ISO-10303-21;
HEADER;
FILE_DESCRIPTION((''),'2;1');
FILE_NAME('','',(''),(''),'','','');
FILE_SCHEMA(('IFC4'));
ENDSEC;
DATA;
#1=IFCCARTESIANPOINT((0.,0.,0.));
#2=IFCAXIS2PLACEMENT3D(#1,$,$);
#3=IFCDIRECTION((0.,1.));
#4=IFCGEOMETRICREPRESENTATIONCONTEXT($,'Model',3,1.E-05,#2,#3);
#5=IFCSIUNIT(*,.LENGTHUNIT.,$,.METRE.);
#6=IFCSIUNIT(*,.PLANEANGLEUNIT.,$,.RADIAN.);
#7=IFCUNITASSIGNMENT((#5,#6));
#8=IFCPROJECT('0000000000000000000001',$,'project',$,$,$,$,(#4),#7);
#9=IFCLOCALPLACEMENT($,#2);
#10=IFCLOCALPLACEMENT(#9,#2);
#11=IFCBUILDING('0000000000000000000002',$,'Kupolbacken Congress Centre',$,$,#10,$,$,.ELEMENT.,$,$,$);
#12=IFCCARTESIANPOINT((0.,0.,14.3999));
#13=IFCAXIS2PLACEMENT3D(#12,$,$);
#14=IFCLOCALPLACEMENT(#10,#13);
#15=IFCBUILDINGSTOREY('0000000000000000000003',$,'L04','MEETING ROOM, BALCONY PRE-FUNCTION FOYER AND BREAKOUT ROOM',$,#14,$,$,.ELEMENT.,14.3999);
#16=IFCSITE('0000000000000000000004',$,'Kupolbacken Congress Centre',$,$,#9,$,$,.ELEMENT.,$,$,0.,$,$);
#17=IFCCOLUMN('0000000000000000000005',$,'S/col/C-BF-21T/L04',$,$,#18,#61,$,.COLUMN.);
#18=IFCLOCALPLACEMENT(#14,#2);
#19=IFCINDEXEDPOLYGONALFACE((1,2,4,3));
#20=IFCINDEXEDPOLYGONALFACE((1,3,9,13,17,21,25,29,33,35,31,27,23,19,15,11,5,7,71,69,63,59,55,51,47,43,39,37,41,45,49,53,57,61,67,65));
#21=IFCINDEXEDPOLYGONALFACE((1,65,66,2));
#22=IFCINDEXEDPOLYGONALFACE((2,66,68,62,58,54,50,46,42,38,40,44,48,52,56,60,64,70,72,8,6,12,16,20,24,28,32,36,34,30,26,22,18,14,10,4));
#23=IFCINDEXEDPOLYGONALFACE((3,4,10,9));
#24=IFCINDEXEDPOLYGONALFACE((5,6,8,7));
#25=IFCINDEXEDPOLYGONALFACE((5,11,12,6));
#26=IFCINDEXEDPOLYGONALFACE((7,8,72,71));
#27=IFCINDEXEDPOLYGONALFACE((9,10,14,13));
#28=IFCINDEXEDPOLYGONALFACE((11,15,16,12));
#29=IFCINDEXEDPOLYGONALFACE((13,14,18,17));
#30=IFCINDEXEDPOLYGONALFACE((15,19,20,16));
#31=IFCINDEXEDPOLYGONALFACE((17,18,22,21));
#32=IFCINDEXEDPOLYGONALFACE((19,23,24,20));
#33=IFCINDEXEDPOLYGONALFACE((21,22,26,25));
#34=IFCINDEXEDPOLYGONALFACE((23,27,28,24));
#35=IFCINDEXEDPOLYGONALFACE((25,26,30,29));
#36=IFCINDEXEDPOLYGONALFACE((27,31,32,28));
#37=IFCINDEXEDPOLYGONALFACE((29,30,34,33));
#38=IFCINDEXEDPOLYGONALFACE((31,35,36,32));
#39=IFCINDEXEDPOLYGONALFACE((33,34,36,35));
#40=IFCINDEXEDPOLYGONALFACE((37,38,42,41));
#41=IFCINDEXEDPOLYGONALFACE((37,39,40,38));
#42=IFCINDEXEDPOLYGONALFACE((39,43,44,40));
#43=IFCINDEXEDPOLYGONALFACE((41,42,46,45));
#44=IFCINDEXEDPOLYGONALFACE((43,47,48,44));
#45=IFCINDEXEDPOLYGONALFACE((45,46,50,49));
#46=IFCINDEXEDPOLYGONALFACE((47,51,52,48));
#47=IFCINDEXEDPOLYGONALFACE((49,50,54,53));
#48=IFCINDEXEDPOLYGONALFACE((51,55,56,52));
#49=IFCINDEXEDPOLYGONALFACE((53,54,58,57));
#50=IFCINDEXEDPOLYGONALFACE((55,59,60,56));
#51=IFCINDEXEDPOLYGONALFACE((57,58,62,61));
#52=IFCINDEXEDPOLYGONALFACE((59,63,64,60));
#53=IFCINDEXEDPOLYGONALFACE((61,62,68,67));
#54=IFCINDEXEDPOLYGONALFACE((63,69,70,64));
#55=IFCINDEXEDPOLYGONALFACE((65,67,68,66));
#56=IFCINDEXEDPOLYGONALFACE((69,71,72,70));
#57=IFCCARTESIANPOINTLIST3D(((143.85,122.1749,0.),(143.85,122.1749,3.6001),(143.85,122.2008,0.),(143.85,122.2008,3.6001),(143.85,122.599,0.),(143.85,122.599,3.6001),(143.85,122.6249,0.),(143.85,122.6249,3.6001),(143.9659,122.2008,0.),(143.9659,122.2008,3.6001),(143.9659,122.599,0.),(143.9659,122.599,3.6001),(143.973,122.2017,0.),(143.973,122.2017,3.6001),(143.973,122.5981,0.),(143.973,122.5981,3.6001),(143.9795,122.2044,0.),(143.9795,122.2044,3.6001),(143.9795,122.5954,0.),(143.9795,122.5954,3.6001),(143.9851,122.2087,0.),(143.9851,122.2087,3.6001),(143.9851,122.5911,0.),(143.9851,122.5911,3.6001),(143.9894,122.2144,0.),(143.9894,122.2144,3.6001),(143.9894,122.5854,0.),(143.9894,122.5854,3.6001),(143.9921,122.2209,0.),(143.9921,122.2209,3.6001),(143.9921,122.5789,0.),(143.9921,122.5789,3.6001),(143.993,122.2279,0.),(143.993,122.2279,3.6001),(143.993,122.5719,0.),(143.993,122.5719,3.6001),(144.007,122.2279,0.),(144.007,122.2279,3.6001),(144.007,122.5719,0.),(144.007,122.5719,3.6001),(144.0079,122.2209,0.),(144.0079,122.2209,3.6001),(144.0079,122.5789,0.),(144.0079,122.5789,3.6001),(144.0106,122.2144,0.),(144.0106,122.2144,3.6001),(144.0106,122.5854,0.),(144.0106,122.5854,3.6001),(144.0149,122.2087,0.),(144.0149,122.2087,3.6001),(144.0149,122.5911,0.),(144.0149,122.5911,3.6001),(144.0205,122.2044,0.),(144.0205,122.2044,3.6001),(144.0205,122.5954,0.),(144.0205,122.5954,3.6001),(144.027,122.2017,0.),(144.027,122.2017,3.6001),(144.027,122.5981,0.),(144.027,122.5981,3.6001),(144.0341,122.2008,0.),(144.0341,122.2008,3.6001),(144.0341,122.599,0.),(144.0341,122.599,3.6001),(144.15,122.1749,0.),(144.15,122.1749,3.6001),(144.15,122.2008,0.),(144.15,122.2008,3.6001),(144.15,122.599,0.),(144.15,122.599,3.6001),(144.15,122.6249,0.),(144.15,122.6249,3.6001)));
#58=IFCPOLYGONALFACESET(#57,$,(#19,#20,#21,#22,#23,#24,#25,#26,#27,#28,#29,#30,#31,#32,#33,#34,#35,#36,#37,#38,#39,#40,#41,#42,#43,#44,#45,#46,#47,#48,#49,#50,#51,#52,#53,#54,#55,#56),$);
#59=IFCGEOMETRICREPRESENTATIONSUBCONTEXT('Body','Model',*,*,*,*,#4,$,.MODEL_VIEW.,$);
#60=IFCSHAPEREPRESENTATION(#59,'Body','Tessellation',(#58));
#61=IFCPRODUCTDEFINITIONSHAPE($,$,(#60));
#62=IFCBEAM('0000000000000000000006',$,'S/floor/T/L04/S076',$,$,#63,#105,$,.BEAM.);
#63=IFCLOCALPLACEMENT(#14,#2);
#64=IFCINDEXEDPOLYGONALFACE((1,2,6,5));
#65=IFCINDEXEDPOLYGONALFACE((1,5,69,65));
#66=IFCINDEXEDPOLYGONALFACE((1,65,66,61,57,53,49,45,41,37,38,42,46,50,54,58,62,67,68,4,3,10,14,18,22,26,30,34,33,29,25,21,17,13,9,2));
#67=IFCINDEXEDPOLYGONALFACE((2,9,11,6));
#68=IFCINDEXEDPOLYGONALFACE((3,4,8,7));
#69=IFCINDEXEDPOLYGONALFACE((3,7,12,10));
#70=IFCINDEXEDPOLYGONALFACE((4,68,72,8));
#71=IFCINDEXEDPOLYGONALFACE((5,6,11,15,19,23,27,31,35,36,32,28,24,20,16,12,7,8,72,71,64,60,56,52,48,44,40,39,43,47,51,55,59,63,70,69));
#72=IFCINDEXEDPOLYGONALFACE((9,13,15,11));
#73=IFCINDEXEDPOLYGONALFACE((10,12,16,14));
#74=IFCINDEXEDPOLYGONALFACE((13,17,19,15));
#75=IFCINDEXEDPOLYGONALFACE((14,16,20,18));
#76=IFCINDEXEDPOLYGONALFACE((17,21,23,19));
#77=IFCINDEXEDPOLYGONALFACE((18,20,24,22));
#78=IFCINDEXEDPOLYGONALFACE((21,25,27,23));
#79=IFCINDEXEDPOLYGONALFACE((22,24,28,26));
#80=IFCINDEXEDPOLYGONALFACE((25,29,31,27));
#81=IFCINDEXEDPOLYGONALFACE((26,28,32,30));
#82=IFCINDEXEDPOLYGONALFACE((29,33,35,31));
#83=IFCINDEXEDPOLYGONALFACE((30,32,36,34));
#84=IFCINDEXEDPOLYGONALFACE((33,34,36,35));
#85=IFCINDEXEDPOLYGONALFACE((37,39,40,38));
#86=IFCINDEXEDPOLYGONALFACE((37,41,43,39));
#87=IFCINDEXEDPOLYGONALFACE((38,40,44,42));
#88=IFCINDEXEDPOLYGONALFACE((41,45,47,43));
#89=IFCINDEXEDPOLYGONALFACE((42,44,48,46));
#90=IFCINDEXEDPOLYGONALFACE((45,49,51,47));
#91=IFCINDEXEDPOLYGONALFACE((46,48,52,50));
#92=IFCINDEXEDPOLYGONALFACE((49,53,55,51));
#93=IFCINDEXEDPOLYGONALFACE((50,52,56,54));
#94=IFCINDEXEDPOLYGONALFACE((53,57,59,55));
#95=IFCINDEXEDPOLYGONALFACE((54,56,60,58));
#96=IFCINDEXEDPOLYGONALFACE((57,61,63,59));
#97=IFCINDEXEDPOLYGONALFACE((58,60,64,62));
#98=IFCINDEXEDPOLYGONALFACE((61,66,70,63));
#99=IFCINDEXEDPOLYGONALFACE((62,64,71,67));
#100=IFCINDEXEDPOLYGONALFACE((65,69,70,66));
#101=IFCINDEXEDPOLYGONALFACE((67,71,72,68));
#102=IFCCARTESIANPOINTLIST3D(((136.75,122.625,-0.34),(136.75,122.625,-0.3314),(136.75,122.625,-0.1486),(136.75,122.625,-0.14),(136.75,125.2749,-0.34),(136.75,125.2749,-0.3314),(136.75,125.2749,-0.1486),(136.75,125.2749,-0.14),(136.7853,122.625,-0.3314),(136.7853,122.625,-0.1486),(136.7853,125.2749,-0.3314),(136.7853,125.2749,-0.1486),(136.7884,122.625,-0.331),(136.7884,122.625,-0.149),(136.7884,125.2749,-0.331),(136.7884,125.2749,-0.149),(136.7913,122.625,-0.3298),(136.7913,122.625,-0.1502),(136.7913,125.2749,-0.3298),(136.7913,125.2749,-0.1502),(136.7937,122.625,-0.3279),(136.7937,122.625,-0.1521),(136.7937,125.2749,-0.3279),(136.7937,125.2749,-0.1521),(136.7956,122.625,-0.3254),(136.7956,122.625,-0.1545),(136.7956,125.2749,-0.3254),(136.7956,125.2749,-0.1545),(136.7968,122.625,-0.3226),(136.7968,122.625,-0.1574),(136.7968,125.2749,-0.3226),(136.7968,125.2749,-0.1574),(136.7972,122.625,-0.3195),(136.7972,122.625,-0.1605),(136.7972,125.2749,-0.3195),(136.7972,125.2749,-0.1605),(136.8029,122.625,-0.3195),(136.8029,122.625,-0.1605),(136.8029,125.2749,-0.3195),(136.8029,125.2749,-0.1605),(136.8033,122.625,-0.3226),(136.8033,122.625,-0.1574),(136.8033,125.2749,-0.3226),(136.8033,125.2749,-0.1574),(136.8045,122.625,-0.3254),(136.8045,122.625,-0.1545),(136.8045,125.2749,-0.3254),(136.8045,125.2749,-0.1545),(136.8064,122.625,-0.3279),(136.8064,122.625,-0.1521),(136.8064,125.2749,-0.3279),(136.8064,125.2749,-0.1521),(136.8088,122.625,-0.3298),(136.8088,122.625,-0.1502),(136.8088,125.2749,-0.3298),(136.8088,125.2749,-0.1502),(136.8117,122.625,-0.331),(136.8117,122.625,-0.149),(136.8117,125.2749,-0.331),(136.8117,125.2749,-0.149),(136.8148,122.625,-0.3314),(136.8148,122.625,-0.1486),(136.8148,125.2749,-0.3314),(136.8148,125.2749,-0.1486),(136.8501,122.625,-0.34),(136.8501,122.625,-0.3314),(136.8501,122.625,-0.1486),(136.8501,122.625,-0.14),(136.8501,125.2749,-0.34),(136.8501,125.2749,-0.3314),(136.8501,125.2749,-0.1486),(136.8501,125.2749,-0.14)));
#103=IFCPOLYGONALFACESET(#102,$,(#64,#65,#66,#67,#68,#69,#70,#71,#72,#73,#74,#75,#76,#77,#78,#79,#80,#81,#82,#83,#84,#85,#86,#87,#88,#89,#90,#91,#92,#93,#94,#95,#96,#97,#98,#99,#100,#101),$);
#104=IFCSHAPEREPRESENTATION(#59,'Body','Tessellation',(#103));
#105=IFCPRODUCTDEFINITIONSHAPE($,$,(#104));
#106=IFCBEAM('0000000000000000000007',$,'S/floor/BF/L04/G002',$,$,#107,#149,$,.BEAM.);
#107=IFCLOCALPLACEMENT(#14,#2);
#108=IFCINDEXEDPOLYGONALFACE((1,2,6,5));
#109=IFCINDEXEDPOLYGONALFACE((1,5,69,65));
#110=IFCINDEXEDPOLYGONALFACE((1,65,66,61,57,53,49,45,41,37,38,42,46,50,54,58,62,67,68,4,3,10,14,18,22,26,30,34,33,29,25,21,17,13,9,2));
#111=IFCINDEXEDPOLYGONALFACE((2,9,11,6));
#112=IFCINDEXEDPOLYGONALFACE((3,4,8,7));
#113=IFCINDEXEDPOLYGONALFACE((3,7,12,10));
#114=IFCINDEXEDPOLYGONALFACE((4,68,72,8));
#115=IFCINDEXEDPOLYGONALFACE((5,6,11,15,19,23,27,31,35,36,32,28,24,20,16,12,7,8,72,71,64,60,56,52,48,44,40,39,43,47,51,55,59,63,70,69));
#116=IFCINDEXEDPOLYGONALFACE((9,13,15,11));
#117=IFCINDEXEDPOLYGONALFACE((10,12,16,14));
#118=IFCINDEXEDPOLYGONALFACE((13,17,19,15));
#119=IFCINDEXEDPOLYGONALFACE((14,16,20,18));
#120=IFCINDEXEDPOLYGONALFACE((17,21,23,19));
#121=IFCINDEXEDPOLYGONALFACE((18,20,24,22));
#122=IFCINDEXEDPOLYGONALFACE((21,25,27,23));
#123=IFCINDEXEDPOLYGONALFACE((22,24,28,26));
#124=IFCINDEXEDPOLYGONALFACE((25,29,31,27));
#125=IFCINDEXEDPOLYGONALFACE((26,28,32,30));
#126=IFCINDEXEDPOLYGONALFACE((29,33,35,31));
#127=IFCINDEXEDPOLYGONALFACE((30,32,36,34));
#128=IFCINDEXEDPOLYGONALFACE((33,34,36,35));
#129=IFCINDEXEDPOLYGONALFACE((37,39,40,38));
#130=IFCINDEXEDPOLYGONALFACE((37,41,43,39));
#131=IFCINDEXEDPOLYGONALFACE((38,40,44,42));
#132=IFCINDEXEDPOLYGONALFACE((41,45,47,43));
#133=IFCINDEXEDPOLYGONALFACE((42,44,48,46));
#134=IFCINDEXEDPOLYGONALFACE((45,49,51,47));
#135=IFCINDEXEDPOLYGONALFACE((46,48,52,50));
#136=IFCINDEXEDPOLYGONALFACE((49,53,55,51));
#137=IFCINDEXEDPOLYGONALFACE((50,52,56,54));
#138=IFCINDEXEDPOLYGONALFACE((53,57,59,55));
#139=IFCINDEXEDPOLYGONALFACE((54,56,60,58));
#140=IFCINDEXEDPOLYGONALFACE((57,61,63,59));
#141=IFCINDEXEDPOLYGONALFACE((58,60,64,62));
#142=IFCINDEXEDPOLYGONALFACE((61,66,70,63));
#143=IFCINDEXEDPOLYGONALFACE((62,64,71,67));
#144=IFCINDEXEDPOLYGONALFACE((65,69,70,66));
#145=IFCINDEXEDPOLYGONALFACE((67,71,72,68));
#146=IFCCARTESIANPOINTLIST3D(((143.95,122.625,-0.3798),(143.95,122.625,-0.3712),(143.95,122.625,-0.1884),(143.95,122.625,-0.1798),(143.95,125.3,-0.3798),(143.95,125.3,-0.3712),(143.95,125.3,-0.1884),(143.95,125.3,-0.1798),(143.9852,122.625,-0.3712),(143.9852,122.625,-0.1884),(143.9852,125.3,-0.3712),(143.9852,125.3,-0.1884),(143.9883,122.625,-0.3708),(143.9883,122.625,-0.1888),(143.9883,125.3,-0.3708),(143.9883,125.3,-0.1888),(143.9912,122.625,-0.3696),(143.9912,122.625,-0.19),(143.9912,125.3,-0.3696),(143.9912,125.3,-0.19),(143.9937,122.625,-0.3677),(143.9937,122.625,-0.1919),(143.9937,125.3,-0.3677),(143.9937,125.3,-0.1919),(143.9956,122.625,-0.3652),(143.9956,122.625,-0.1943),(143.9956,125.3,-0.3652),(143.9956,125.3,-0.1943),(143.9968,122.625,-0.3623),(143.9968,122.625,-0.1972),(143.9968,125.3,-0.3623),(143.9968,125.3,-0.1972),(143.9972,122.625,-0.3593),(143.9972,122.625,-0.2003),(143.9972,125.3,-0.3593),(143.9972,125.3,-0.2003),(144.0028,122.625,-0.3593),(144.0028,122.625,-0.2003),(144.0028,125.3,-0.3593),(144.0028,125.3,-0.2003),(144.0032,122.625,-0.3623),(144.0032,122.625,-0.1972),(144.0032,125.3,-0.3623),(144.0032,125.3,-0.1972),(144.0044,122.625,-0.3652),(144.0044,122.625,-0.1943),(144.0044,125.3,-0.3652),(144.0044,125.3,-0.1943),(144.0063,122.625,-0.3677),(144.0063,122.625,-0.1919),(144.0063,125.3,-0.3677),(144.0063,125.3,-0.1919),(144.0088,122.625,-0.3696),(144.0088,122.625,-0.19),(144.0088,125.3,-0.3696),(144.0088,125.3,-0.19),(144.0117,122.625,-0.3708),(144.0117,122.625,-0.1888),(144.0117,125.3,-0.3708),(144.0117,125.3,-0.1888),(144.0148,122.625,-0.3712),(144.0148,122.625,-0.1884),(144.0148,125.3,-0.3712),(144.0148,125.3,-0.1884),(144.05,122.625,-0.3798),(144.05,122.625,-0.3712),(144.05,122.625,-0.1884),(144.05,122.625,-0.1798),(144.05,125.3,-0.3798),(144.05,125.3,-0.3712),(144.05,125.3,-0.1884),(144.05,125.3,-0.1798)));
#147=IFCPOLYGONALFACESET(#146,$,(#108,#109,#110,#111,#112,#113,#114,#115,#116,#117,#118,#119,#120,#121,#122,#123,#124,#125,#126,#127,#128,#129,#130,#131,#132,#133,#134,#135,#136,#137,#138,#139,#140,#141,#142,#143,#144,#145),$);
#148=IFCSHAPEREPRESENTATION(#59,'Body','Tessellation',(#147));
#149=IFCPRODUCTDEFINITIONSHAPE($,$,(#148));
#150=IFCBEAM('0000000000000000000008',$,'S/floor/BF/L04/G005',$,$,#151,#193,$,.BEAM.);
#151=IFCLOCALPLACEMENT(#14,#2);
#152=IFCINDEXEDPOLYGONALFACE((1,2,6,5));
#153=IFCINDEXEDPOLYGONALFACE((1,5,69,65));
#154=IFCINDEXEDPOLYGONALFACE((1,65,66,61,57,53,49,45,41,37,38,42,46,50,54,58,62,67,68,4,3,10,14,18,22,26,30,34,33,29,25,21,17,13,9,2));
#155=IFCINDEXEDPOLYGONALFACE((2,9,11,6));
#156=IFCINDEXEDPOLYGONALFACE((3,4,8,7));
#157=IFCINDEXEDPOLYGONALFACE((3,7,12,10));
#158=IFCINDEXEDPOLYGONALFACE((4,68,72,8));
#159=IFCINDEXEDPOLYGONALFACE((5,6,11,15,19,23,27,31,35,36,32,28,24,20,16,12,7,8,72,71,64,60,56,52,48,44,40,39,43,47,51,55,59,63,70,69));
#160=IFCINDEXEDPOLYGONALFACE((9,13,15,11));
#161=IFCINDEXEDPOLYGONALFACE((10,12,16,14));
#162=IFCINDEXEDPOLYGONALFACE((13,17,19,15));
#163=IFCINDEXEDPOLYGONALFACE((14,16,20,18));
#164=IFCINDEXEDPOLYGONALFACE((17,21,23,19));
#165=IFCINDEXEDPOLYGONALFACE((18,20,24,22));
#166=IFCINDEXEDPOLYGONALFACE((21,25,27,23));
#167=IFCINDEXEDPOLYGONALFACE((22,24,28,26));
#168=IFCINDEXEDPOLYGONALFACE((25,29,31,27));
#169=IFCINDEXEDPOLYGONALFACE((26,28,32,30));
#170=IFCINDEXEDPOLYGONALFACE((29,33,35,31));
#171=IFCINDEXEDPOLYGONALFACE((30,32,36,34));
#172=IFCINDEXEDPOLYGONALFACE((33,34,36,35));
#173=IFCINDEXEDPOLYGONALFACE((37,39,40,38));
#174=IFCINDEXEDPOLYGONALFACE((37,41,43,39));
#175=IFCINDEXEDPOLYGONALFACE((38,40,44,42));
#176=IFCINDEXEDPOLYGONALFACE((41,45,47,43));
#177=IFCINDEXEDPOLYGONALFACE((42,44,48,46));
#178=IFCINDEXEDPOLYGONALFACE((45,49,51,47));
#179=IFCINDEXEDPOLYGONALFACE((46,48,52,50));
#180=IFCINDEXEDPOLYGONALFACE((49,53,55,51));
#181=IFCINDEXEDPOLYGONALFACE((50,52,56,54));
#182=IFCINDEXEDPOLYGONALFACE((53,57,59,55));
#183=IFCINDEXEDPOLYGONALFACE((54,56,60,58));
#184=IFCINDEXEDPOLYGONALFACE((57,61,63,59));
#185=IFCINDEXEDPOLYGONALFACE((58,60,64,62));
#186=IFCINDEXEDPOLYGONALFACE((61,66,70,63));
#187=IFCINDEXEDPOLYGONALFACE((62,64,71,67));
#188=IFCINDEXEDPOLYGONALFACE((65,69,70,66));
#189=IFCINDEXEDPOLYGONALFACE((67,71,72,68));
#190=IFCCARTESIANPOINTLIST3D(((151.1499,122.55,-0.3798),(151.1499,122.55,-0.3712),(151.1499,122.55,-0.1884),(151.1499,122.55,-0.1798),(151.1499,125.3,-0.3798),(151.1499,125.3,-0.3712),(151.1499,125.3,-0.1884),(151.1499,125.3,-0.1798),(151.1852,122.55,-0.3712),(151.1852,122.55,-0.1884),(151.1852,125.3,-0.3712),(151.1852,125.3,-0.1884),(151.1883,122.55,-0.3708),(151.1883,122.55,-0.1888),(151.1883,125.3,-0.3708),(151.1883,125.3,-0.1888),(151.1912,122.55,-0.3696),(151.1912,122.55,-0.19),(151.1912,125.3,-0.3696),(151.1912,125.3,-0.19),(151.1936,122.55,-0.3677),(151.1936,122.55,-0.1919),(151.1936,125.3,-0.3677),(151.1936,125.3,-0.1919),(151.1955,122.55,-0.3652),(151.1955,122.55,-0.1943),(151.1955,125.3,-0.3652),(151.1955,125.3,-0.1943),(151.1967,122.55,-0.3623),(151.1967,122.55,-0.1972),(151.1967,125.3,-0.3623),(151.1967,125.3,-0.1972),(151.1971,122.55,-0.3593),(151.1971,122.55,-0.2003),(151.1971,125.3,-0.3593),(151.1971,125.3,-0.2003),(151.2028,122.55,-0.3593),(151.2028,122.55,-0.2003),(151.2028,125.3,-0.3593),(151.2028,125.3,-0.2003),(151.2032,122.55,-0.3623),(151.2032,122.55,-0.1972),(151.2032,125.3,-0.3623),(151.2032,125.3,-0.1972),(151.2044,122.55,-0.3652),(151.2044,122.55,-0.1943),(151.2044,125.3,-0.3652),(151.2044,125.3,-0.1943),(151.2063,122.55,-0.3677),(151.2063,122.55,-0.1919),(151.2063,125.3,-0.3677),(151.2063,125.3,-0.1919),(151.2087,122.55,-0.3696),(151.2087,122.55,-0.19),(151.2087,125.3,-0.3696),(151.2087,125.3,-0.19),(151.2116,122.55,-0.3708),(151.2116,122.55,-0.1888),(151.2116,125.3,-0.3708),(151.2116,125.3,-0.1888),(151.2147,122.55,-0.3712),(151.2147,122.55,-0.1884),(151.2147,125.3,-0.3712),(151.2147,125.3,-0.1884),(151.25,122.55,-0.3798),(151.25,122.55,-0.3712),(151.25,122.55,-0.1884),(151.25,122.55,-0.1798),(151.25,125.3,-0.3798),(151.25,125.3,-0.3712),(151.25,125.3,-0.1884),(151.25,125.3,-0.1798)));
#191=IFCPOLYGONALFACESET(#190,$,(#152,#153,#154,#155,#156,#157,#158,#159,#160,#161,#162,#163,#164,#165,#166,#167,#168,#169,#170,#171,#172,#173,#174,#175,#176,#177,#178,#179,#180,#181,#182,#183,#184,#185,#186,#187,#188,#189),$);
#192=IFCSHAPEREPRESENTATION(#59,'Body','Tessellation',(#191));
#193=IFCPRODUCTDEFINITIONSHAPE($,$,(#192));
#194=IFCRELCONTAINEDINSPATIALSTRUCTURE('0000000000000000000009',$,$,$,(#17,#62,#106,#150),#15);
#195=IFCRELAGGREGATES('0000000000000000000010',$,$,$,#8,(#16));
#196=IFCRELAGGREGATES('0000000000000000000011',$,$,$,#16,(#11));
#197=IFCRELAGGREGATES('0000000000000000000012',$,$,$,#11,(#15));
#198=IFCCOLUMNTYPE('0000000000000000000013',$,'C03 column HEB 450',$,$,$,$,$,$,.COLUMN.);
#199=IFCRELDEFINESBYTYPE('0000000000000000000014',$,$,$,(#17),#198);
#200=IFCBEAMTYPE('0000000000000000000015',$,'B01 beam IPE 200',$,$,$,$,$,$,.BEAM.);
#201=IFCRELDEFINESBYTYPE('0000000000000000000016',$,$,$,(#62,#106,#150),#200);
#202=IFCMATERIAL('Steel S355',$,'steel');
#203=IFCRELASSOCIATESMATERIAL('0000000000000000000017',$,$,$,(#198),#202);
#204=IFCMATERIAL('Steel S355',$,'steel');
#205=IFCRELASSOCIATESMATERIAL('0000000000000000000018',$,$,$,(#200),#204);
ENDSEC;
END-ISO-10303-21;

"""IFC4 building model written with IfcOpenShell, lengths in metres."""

from ifc_helpers import new_model, si_unit, direction, frame, origin, origin_2d, place, context, subcontext, project, spatial, i_section, extrude, material, material_profile, profile_set, type_object, element, save


model = new_model("IFC4")

# Units and contexts
model_context = context("Model", 3, precision=1e-05, world=origin(), true_north=direction((0.0, 1.0)))
body_context = subcontext(model_context, "Body", "Model", "MODEL_VIEW")
ifc_project = project(units=[si_unit("LENGTHUNIT", "METRE"), si_unit("PLANEANGLEUNIT", "RADIAN")], contexts=[model_context])

# Site, building, storey
site_placement = place(None, origin())
site = spatial("IfcSite", under=ifc_project, at=site_placement, Name="Kupolbacken Congress Centre", CompositionType="ELEMENT", RefElevation=0.0)
building_placement = place(site_placement, origin())
building = spatial("IfcBuilding", under=site, at=building_placement, Name="Kupolbacken Congress Centre", CompositionType="ELEMENT")
storey_placement = place(building_placement, frame((0.0, 0.0, 14.3999)))
storey = spatial("IfcBuildingStorey", under=building, at=storey_placement, Name="L04", Description="MEETING ROOM, BALCONY PRE-FUNCTION FOYER AND BREAKOUT ROOM", CompositionType="ELEMENT", Elevation=14.3999)

# Column
ifc_material_1 = material(Name="Steel S355", Category="steel")
ifc_material_profile_1 = material_profile(ifc_material_1, i_section(OverallWidth=0.3, OverallDepth=0.45, WebThickness=0.0139, FlangeThickness=0.0259, FilletRadius=0.0271, at=origin_2d()), Name="HEB 450")
ifc_profile_set_1 = profile_set([ifc_material_profile_1], Name="Steel S355")
column_type = type_object("IfcColumnType", Name="C03 column HEB 450", PredefinedType="COLUMN", material=ifc_profile_set_1)
column_placement = place(storey_placement, frame((144.0, 122.3999, 0.0), z_axis=(0.0, 0.0, 1.0), x_axis=(1.0, 0.0, 0.0)))
element("IfcColumn", 1, at=column_placement, inside=storey, type_object=column_type, Name="S/col/C-BF-21T/L04", PredefinedType="COLUMN", context=body_context, shape_type="SweptSolid", body=[
    extrude(i_section(OverallWidth=0.3, OverallDepth=0.45, WebThickness=0.0139, FlangeThickness=0.0259, FilletRadius=0.0271, at=origin_2d()), origin(), (0.0, 0.0, 1.0), 3.6001),
])

# Beams
ifc_material_2 = material(Name="Steel S355", Category="steel")
ifc_material_profile_2 = material_profile(ifc_material_2, i_section(OverallWidth=0.1001, OverallDepth=0.2, WebThickness=0.0056, FlangeThickness=0.0085, FilletRadius=0.012, at=origin_2d()), Name="IPE 200")
ifc_profile_set_2 = profile_set([ifc_material_profile_2], Name="Steel S355")
beam_type_1 = type_object("IfcBeamType", Name="B01 beam IPE 200", PredefinedType="BEAM", material=ifc_profile_set_2)
beam_1_placement = place(storey_placement, frame((136.8, 122.625, -0.24), z_axis=(0.0, 1.0, 0.0), x_axis=(-1.0, 0.0, 0.0)))
element("IfcBeam", 2, at=beam_1_placement, inside=storey, type_object=beam_type_1, Name="S/floor/T/L04/S076", PredefinedType="BEAM", context=body_context, shape_type="SweptSolid", body=[
    extrude(i_section(OverallWidth=0.1001, OverallDepth=0.2, WebThickness=0.0056, FlangeThickness=0.0085, FilletRadius=0.012, at=origin_2d()), origin(), (0.0, 0.0, 1.0), 2.6499),
])
beam_2_placement = place(storey_placement, frame((144.0, 122.625, -0.2798), z_axis=(0.0, 1.0, 0.0), x_axis=(-1.0, 0.0, 0.0)))
element("IfcBeam", 3, at=beam_2_placement, inside=storey, type_object=beam_type_1, Name="S/floor/BF/L04/G002", PredefinedType="BEAM", context=body_context, shape_type="SweptSolid", body=[
    extrude(i_section(OverallWidth=0.1001, OverallDepth=0.2, WebThickness=0.0056, FlangeThickness=0.0085, FilletRadius=0.012, at=origin_2d()), origin(), (0.0, 0.0, 1.0), 2.675),
])
beam_3_placement = place(storey_placement, frame((151.2, 122.55, -0.2798), z_axis=(0.0, 1.0, 0.0), x_axis=(-1.0, 0.0, 0.0)))
element("IfcBeam", 4, at=beam_3_placement, inside=storey, type_object=beam_type_1, Name="S/floor/BF/L04/G005", PredefinedType="BEAM", context=body_context, shape_type="SweptSolid", body=[
    extrude(i_section(OverallWidth=0.1001, OverallDepth=0.2, WebThickness=0.0056, FlangeThickness=0.0085, FilletRadius=0.012, at=origin_2d()), origin(), (0.0, 0.0, 1.0), 2.75),
])

save(model, "model.ifc")
